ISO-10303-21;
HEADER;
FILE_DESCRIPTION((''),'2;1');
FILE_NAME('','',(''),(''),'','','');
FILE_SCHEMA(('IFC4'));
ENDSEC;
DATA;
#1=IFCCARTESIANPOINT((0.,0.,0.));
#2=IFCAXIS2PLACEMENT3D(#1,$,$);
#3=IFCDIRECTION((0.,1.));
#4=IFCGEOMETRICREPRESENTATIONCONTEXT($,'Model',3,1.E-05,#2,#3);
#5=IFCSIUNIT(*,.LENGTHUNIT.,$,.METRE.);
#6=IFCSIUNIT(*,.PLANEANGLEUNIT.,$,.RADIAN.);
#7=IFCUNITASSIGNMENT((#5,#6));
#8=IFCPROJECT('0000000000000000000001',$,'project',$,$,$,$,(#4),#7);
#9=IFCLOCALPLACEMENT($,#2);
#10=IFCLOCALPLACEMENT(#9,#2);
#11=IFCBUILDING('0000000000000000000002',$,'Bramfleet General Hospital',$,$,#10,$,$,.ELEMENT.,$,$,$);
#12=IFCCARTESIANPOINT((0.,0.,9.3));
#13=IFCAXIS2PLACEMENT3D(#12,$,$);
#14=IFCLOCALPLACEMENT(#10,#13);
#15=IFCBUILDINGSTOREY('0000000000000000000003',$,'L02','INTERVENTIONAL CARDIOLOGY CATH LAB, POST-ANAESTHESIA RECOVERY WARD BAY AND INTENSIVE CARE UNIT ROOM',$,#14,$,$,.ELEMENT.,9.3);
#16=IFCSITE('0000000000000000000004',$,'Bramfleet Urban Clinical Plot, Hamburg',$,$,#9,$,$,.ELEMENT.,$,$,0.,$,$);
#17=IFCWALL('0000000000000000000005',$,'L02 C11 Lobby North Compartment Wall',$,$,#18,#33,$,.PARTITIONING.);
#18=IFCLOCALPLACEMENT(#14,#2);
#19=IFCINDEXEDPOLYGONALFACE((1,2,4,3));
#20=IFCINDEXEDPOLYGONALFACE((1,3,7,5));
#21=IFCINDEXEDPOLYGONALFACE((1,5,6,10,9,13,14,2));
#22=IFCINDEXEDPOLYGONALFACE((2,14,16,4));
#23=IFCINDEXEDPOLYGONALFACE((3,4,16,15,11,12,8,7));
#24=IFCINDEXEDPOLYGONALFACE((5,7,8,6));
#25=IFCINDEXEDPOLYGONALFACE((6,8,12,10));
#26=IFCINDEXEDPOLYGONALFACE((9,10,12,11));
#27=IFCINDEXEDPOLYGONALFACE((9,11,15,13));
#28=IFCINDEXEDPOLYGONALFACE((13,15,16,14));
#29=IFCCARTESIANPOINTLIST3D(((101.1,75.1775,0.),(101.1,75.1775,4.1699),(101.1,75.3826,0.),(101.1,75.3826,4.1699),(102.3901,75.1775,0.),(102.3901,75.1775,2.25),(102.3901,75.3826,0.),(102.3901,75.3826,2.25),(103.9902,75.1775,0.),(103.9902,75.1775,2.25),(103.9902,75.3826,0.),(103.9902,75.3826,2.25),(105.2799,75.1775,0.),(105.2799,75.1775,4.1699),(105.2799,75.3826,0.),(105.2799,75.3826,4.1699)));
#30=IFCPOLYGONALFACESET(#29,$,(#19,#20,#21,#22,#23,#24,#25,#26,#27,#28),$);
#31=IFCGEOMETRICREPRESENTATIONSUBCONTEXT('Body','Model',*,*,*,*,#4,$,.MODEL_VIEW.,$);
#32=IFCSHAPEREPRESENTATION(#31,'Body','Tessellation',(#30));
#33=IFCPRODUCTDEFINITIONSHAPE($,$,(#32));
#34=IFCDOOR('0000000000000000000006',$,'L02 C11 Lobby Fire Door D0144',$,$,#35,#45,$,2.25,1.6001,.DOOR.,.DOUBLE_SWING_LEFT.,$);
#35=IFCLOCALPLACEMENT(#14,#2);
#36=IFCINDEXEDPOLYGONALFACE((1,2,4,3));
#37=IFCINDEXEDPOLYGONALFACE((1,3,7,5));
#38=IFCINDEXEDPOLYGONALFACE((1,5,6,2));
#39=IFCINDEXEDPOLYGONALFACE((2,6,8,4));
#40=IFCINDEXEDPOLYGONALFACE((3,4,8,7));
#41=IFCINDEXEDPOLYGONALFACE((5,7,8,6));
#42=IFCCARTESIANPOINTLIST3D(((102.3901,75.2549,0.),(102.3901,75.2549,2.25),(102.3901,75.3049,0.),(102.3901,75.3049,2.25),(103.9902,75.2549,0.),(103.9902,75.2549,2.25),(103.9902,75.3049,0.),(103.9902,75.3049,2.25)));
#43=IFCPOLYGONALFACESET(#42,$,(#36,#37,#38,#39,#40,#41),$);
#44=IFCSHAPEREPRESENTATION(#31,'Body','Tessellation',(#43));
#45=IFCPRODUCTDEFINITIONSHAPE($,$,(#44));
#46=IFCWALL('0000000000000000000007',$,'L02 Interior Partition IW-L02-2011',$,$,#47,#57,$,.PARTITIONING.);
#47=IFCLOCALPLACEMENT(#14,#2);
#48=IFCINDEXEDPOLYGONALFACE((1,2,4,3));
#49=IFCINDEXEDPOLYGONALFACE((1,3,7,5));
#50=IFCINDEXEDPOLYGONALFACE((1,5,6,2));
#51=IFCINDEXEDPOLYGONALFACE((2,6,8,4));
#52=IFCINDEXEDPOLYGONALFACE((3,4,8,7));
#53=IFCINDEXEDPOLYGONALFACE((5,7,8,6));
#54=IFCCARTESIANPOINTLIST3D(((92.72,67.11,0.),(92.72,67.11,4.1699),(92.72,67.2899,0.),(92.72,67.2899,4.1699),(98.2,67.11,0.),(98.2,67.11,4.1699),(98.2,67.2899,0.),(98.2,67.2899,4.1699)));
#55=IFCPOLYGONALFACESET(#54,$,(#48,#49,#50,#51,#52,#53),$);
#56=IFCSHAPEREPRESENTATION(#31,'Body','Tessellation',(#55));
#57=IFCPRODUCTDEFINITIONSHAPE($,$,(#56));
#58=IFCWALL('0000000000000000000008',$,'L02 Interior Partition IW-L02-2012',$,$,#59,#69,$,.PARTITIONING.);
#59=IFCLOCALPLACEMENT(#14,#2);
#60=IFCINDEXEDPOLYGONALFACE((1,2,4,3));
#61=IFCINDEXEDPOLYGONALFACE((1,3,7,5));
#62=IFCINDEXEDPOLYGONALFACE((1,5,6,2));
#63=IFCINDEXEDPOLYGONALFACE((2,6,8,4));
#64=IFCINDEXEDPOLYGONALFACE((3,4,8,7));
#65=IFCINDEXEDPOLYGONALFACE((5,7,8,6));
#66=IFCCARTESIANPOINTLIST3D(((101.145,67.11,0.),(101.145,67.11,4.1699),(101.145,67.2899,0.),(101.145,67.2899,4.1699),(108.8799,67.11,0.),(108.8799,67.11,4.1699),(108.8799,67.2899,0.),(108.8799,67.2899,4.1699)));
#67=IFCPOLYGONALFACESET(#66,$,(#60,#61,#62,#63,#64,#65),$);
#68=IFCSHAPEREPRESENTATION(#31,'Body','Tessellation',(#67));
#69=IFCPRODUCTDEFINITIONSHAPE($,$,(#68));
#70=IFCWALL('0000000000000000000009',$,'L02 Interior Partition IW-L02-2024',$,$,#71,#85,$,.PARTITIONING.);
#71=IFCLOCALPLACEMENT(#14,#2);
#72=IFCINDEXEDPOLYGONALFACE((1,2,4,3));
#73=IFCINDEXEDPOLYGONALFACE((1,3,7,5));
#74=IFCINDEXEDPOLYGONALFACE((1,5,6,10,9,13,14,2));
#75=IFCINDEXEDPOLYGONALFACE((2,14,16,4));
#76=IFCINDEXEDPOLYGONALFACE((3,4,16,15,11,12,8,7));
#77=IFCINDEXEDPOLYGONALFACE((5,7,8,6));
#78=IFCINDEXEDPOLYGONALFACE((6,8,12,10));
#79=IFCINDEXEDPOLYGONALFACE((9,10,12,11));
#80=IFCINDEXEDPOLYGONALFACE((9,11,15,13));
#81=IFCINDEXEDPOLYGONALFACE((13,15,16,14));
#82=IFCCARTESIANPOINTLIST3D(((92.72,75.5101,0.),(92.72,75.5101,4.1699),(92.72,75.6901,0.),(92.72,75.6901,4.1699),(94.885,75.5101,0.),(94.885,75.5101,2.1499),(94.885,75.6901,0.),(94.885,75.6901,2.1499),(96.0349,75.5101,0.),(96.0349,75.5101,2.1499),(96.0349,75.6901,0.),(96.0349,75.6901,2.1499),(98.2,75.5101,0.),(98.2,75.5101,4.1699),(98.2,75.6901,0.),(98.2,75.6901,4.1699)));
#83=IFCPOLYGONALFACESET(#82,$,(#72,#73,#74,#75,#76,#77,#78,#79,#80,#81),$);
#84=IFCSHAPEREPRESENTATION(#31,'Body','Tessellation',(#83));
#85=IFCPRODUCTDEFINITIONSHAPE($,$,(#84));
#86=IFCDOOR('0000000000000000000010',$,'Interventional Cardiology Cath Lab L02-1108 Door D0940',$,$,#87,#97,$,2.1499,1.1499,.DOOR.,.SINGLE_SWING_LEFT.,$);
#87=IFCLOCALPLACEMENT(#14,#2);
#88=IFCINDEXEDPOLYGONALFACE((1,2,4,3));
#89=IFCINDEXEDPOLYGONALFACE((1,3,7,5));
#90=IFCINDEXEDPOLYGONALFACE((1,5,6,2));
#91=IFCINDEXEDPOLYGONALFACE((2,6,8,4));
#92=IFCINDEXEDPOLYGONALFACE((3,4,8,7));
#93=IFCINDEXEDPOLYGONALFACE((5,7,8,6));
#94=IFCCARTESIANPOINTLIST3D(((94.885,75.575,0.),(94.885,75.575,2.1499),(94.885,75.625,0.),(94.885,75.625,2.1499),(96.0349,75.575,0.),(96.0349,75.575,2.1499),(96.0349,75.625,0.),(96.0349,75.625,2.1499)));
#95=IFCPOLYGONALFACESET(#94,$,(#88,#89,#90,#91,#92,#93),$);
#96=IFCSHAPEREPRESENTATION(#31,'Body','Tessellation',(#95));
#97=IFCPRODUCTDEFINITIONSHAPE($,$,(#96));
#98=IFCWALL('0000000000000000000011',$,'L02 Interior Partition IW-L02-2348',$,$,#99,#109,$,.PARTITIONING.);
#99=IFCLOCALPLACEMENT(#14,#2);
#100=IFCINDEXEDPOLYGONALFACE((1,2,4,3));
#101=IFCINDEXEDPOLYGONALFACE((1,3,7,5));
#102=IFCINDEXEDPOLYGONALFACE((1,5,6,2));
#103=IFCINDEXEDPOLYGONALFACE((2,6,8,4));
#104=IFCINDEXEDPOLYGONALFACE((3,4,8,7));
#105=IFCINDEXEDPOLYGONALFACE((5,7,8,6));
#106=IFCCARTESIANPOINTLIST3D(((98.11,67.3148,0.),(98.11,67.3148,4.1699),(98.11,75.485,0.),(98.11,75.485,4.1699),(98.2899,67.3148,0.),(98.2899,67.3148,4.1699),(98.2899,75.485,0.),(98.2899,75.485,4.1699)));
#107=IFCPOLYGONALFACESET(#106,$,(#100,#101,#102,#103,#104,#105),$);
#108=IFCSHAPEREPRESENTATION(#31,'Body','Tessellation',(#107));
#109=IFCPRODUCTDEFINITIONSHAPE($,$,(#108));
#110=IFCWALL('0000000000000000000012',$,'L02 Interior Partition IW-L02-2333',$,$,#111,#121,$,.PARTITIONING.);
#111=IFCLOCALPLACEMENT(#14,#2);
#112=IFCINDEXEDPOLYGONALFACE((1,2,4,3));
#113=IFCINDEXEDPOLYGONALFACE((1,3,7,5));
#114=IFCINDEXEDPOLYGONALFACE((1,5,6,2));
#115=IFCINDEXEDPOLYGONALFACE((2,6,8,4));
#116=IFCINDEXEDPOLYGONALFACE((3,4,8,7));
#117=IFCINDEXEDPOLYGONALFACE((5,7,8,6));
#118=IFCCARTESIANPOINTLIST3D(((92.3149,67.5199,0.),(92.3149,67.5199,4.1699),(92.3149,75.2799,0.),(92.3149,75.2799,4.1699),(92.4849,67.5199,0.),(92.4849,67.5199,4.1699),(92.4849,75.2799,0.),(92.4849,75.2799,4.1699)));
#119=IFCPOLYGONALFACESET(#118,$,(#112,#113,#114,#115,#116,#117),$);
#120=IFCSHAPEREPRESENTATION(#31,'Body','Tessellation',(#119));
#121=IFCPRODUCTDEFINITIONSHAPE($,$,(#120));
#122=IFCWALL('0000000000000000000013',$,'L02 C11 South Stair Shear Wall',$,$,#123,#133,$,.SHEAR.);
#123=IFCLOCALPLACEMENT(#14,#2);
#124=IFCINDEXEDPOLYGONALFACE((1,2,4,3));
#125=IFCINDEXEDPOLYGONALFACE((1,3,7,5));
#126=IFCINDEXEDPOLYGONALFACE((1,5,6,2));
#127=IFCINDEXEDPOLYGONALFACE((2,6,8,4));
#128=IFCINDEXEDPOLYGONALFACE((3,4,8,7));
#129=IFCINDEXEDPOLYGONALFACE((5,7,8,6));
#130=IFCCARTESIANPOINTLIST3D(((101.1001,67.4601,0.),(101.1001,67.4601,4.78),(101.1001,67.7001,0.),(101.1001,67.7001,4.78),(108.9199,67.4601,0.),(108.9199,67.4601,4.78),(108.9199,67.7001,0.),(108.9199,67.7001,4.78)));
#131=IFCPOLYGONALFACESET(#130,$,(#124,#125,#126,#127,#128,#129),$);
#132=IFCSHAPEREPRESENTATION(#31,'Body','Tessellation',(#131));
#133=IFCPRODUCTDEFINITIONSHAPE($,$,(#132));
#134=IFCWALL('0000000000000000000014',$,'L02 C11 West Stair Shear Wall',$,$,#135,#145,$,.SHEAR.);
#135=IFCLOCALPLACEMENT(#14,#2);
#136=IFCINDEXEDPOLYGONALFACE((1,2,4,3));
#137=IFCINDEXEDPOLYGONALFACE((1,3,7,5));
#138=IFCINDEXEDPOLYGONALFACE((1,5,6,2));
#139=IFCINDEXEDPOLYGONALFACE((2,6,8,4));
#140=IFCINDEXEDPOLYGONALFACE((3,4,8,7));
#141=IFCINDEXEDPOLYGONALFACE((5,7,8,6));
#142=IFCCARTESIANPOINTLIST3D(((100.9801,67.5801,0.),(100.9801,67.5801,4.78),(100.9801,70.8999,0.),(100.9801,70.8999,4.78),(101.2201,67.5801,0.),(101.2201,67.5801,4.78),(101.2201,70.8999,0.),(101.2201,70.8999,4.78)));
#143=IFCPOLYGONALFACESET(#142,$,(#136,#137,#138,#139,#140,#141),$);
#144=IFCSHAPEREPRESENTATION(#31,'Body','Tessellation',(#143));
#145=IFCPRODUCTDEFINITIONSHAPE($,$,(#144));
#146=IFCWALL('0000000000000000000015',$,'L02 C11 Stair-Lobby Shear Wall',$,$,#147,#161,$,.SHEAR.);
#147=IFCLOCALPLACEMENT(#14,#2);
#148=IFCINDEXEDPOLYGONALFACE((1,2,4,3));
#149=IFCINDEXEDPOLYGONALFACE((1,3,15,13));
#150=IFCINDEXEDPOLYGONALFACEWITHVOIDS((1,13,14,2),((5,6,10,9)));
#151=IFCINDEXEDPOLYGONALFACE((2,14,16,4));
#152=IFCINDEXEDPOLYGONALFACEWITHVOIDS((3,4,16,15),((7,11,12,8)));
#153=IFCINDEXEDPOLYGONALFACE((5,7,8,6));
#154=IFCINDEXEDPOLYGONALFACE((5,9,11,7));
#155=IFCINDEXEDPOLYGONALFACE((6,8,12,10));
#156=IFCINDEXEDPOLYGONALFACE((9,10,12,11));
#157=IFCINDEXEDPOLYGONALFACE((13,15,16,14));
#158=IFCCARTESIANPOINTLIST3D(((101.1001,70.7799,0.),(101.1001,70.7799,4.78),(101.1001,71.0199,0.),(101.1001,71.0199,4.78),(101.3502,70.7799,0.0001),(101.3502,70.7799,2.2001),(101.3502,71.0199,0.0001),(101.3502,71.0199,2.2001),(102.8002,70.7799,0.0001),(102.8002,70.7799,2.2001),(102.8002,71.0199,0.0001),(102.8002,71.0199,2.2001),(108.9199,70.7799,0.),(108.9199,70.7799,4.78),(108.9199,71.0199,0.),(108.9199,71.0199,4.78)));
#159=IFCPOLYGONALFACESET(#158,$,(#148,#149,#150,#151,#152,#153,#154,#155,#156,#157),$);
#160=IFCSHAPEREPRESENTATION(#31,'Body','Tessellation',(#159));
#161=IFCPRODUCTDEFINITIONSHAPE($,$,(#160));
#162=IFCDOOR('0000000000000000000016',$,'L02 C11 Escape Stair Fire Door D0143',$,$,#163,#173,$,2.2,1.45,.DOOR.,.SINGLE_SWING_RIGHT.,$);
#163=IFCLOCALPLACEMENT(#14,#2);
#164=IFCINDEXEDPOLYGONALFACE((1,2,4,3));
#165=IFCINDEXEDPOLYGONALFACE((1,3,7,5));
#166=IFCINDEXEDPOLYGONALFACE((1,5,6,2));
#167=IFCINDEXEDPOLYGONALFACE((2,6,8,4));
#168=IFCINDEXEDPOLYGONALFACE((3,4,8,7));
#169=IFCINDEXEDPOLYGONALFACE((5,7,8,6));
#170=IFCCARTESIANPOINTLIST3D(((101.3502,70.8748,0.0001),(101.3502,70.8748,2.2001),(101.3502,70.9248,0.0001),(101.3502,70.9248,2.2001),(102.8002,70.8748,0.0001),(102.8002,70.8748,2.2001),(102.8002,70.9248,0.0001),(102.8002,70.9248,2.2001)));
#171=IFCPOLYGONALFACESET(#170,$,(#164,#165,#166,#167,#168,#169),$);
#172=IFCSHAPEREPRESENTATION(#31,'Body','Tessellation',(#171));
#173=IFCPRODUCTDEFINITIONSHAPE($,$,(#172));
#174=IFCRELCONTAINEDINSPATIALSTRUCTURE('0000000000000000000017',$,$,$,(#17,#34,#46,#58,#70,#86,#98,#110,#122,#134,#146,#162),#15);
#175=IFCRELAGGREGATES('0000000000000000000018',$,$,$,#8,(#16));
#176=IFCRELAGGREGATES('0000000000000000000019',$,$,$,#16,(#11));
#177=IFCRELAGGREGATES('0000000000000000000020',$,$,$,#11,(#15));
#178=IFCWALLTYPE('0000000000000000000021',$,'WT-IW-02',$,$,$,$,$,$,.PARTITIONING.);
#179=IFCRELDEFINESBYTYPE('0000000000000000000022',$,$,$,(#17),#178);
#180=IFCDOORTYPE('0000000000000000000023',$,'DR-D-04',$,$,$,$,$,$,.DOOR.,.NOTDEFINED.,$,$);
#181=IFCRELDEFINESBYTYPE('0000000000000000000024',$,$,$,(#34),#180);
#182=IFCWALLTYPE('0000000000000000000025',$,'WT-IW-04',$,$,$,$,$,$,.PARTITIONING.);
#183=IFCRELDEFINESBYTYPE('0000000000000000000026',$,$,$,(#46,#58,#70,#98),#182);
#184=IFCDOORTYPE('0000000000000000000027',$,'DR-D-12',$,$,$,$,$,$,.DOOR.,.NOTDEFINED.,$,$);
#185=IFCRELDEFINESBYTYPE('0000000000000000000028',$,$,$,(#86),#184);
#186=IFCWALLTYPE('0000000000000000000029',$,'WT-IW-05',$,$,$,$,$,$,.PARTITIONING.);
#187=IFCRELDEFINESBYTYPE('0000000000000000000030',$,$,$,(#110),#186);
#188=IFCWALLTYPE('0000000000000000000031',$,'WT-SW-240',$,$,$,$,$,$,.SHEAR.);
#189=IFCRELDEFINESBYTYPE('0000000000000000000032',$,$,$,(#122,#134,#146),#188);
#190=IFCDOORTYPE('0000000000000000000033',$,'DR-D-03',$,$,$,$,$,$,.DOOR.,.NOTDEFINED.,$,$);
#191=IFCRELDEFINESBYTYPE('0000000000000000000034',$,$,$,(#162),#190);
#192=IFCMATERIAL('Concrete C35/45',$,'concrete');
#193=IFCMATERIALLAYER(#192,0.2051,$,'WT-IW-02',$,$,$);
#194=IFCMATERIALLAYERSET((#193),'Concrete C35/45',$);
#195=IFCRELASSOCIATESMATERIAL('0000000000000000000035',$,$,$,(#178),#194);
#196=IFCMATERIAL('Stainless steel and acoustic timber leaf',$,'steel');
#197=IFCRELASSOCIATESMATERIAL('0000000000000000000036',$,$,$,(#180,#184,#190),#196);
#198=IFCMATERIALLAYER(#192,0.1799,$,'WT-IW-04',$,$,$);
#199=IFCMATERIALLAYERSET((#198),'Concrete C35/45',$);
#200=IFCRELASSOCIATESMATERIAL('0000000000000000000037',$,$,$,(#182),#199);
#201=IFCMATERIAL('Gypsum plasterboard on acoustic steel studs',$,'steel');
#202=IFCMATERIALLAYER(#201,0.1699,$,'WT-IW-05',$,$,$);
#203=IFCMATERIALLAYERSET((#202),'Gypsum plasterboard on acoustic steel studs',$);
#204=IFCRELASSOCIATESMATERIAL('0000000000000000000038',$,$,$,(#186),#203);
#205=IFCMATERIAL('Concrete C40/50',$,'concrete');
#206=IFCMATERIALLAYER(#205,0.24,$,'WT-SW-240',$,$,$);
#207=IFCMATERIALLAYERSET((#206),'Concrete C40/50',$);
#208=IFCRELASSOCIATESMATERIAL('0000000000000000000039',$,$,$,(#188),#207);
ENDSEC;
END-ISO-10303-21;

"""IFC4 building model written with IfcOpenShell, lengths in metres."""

from ifc_helpers import new_model, si_unit, direction, frame, frame_2d, origin, place, context, subcontext, project, spatial, rectangle, extrude, material, layer, layer_set, type_object, element, fill, save


model = new_model("IFC4")

# Units and contexts
model_context = context("Model", 3, precision=1e-05, world=origin(), true_north=direction((0.0, 1.0)))
body_context = subcontext(model_context, "Body", "Model", "MODEL_VIEW")
ifc_project = project(units=[si_unit("LENGTHUNIT", "METRE"), si_unit("PLANEANGLEUNIT", "RADIAN")], contexts=[model_context])

# Site, building, storey
site_placement = place(None, origin())
site = spatial("IfcSite", under=ifc_project, at=site_placement, Name="Bramfleet Urban Clinical Plot, Hamburg", CompositionType="ELEMENT", RefElevation=0.0)
building_placement = place(site_placement, origin())
building = spatial("IfcBuilding", under=site, at=building_placement, Name="Bramfleet General Hospital", CompositionType="ELEMENT")
storey_placement = place(building_placement, frame((0.0, 0.0, 9.3)))
storey = spatial("IfcBuildingStorey", under=building, at=storey_placement, Name="L02", Description="INTERVENTIONAL CARDIOLOGY CATH LAB, POST-ANAESTHESIA RECOVERY WARD BAY AND INTENSIVE CARE UNIT ROOM", CompositionType="ELEMENT", Elevation=9.3)

# Shared definitions
ifc_material_1 = material(Name="Concrete C40/50", Category="concrete")

# Shared definitions
ifc_material_2 = material(Name="Concrete C35/45", Category="concrete")

# Shared definitions
ifc_layer_1 = layer(ifc_material_2, 0.2051, Name="WT-IW-02")
ifc_layer_set_1 = layer_set([ifc_layer_1], Name="Concrete C35/45")
wall_type_1 = type_object("IfcWallType", Name="WT-IW-02", PredefinedType="PARTITIONING", material=ifc_layer_set_1)

# Wall, opening, door
wall_1_placement = place(storey_placement, frame((101.1001, 75.28, 0.0), z_axis=(0.0, 0.0, 1.0), x_axis=(1.0, 0.0, 0.0)))
wall_1 = element("IfcWall", 1, at=wall_1_placement, inside=storey, type_object=wall_type_1, Name="L02 C11 Lobby North Compartment Wall", PredefinedType="PARTITIONING", context=body_context, shape_type="SweptSolid", body=[
    extrude(rectangle(XDim=4.1799, YDim=0.2051, at=frame_2d((2.0898, 0.0))), origin(), (0.0, 0.0, 1.0), 4.1699),
])
opening_1_placement = place(wall_1_placement, frame((1.29, 0.0, 0.0)))
opening_1 = element("IfcOpeningElement", 2, at=opening_1_placement, cuts=wall_1, PredefinedType="OPENING", context=body_context, shape_type="SweptSolid", body=[
    extrude(rectangle(XDim=1.6001, YDim=2.25, at=frame_2d((0.8, 1.125))), frame((0.0, 0.1125, 0.0), z_axis=(0.0, -1.0, 0.0), x_axis=(1.0, 0.0, 0.0)), (0.0, 0.0, 1.0), 0.2251),
])
ifc_material_3 = material(Name="Stainless steel and acoustic timber leaf", Category="steel")
door_type_1 = type_object("IfcDoorType", Name="DR-D-04", OperationType="NOTDEFINED", PredefinedType="DOOR", material=ifc_material_3)
door_1_placement = place(opening_1_placement, origin())
door_1 = element("IfcDoor", 3, at=door_1_placement, inside=storey, type_object=door_type_1, Name="L02 C11 Lobby Fire Door D0144", OperationType="DOUBLE_SWING_LEFT", OverallHeight=2.25, OverallWidth=1.6001, PredefinedType="DOOR", context=body_context, shape_type="SweptSolid", body=[
    extrude(rectangle(XDim=1.6001, YDim=2.25, at=frame_2d((0.8, 1.125))), frame((0.0, 0.0249, 0.0), z_axis=(0.0, -1.0, 0.0), x_axis=(1.0, 0.0, 0.0)), (0.0, 0.0, 1.0), 0.05),
])
fill(opening_1, door_1)

# Walls
ifc_layer_2 = layer(ifc_material_2, 0.1799, Name="WT-IW-04")
ifc_layer_set_2 = layer_set([ifc_layer_2], Name="Concrete C35/45")
wall_type_2 = type_object("IfcWallType", Name="WT-IW-04", PredefinedType="PARTITIONING", material=ifc_layer_set_2)
wall_2_placement = place(storey_placement, frame((92.72, 67.2, 0.0), z_axis=(0.0, 0.0, 1.0), x_axis=(1.0, 0.0, 0.0)))
element("IfcWall", 4, at=wall_2_placement, inside=storey, type_object=wall_type_2, Name="L02 Interior Partition IW-L02-2011", PredefinedType="PARTITIONING", context=body_context, shape_type="SweptSolid", body=[
    extrude(rectangle(XDim=5.48, YDim=0.1799, at=frame_2d((2.74, 0.0))), origin(), (0.0, 0.0, 1.0), 4.1699),
])
wall_3_placement = place(storey_placement, frame((101.145, 67.2, 0.0), z_axis=(0.0, 0.0, 1.0), x_axis=(1.0, 0.0, 0.0)))
element("IfcWall", 5, at=wall_3_placement, inside=storey, type_object=wall_type_2, Name="L02 Interior Partition IW-L02-2012", PredefinedType="PARTITIONING", context=body_context, shape_type="SweptSolid", body=[
    extrude(rectangle(XDim=7.7349, YDim=0.1799, at=frame_2d((3.8674, 0.0))), origin(), (0.0, 0.0, 1.0), 4.1699),
])

# Wall, opening, door
wall_4_placement = place(storey_placement, frame((92.72, 75.6001, 0.0), z_axis=(0.0, 0.0, 1.0), x_axis=(1.0, 0.0, 0.0)))
wall_4 = element("IfcWall", 6, at=wall_4_placement, inside=storey, type_object=wall_type_2, Name="L02 Interior Partition IW-L02-2024", PredefinedType="PARTITIONING", context=body_context, shape_type="SweptSolid", body=[
    extrude(rectangle(XDim=5.48, YDim=0.1799, at=frame_2d((2.74, 0.0))), origin(), (0.0, 0.0, 1.0), 4.1699),
])
opening_2_placement = place(wall_4_placement, frame((2.165, 0.0, 0.0)))
opening_2 = element("IfcOpeningElement", 7, at=opening_2_placement, cuts=wall_4, PredefinedType="OPENING", context=body_context, shape_type="SweptSolid", body=[
    extrude(rectangle(XDim=1.1499, YDim=2.1499, at=frame_2d((0.575, 1.075))), frame((0.0, 0.0999, 0.0), z_axis=(0.0, -1.0, 0.0), x_axis=(1.0, 0.0, 0.0)), (0.0, 0.0, 1.0), 0.2),
])
door_type_2 = type_object("IfcDoorType", Name="DR-D-12", OperationType="NOTDEFINED", PredefinedType="DOOR", material=ifc_material_3)
door_2_placement = place(opening_2_placement, origin())
door_2 = element("IfcDoor", 8, at=door_2_placement, inside=storey, type_object=door_type_2, Name="Interventional Cardiology Cath Lab L02-1108 Door D0940", OperationType="SINGLE_SWING_LEFT", OverallHeight=2.1499, OverallWidth=1.1499, PredefinedType="DOOR", context=body_context, shape_type="SweptSolid", body=[
    extrude(rectangle(XDim=1.1499, YDim=2.1499, at=frame_2d((0.575, 1.075))), frame((0.0, 0.0249, 0.0), z_axis=(0.0, -1.0, 0.0), x_axis=(1.0, 0.0, 0.0)), (0.0, 0.0, 1.0), 0.05),
])
fill(opening_2, door_2)

# Walls
wall_5_placement = place(storey_placement, frame((98.2, 67.3149, 0.0), z_axis=(0.0, 0.0, 1.0), x_axis=(0.0, 1.0, 0.0)))
element("IfcWall", 9, at=wall_5_placement, inside=storey, type_object=wall_type_2, Name="L02 Interior Partition IW-L02-2348", PredefinedType="PARTITIONING", context=body_context, shape_type="SweptSolid", body=[
    extrude(rectangle(XDim=8.1702, YDim=0.1799, at=frame_2d((4.085, 0.0))), origin(), (0.0, 0.0, 1.0), 4.1699),
])
ifc_material_4 = material(Name="Gypsum plasterboard on acoustic steel studs", Category="steel")
ifc_layer_3 = layer(ifc_material_4, 0.1699, Name="WT-IW-05")
ifc_layer_set_3 = layer_set([ifc_layer_3], Name="Gypsum plasterboard on acoustic steel studs")
wall_type_3 = type_object("IfcWallType", Name="WT-IW-05", PredefinedType="PARTITIONING", material=ifc_layer_set_3)
wall_6_placement = place(storey_placement, frame((92.3999, 67.52, 0.0), z_axis=(0.0, 0.0, 1.0), x_axis=(0.0, 1.0, 0.0)))
element("IfcWall", 10, at=wall_6_placement, inside=storey, type_object=wall_type_3, Name="L02 Interior Partition IW-L02-2333", PredefinedType="PARTITIONING", context=body_context, shape_type="SweptSolid", body=[
    extrude(rectangle(XDim=7.76, YDim=0.1699, at=frame_2d((3.8799, 0.0))), origin(), (0.0, 0.0, 1.0), 4.1699),
])
ifc_layer_4 = layer(ifc_material_1, 0.24, Name="WT-SW-240")
ifc_layer_set_4 = layer_set([ifc_layer_4], Name="Concrete C40/50")
wall_type_4 = type_object("IfcWallType", Name="WT-SW-240", PredefinedType="SHEAR", material=ifc_layer_set_4)
wall_7_placement = place(storey_placement, frame((101.1001, 67.5801, 0.0), z_axis=(0.0, 0.0, 1.0), x_axis=(1.0, 0.0, 0.0)))
element("IfcWall", 11, at=wall_7_placement, inside=storey, type_object=wall_type_4, Name="L02 C11 South Stair Shear Wall", PredefinedType="SHEAR", context=body_context, shape_type="SweptSolid", body=[
    extrude(rectangle(XDim=7.8198, YDim=0.24, at=frame_2d((3.9099, 0.0))), origin(), (0.0, 0.0, 1.0), 4.78),
])
wall_8_placement = place(storey_placement, frame((101.1001, 67.5801, 0.0), z_axis=(0.0, 0.0, 1.0), x_axis=(0.0, 1.0, 0.0)))
element("IfcWall", 12, at=wall_8_placement, inside=storey, type_object=wall_type_4, Name="L02 C11 West Stair Shear Wall", PredefinedType="SHEAR", context=body_context, shape_type="SweptSolid", body=[
    extrude(rectangle(XDim=3.3198, YDim=0.24, at=frame_2d((1.6599, 0.0))), origin(), (0.0, 0.0, 1.0), 4.78),
])

# Wall, opening, door
wall_9_placement = place(storey_placement, frame((101.1001, 70.8999, 0.0), z_axis=(0.0, 0.0, 1.0), x_axis=(1.0, 0.0, 0.0)))
wall_9 = element("IfcWall", 13, at=wall_9_placement, inside=storey, type_object=wall_type_4, Name="L02 C11 Stair-Lobby Shear Wall", PredefinedType="SHEAR", context=body_context, shape_type="SweptSolid", body=[
    extrude(rectangle(XDim=7.8198, YDim=0.24, at=frame_2d((3.9099, 0.0))), origin(), (0.0, 0.0, 1.0), 4.78),
])
opening_3_placement = place(wall_9_placement, frame((0.25, 0.0, 0.0)))
opening_3 = element("IfcOpeningElement", 14, at=opening_3_placement, cuts=wall_9, PredefinedType="OPENING", context=body_context, shape_type="SweptSolid", body=[
    extrude(rectangle(XDim=1.45, YDim=2.2, at=frame_2d((0.7251, 1.1001))), frame((0.0, 0.1299, 0.0), z_axis=(0.0, -1.0, 0.0), x_axis=(1.0, 0.0, 0.0)), (0.0, 0.0, 1.0), 0.26),
])
door_type_3 = type_object("IfcDoorType", Name="DR-D-03", OperationType="NOTDEFINED", PredefinedType="DOOR", material=ifc_material_3)
door_3_placement = place(opening_3_placement, origin())
door_3 = element("IfcDoor", 15, at=door_3_placement, inside=storey, type_object=door_type_3, Name="L02 C11 Escape Stair Fire Door D0143", OperationType="SINGLE_SWING_RIGHT", OverallHeight=2.2, OverallWidth=1.45, PredefinedType="DOOR", context=body_context, shape_type="SweptSolid", body=[
    extrude(rectangle(XDim=1.45, YDim=2.2, at=frame_2d((0.7251, 1.1001))), frame((0.0, 0.0249, 0.0), z_axis=(0.0, -1.0, 0.0), x_axis=(1.0, 0.0, 0.0)), (0.0, 0.0, 1.0), 0.05),
])
fill(opening_3, door_3)

save(model, "model.ifc")
